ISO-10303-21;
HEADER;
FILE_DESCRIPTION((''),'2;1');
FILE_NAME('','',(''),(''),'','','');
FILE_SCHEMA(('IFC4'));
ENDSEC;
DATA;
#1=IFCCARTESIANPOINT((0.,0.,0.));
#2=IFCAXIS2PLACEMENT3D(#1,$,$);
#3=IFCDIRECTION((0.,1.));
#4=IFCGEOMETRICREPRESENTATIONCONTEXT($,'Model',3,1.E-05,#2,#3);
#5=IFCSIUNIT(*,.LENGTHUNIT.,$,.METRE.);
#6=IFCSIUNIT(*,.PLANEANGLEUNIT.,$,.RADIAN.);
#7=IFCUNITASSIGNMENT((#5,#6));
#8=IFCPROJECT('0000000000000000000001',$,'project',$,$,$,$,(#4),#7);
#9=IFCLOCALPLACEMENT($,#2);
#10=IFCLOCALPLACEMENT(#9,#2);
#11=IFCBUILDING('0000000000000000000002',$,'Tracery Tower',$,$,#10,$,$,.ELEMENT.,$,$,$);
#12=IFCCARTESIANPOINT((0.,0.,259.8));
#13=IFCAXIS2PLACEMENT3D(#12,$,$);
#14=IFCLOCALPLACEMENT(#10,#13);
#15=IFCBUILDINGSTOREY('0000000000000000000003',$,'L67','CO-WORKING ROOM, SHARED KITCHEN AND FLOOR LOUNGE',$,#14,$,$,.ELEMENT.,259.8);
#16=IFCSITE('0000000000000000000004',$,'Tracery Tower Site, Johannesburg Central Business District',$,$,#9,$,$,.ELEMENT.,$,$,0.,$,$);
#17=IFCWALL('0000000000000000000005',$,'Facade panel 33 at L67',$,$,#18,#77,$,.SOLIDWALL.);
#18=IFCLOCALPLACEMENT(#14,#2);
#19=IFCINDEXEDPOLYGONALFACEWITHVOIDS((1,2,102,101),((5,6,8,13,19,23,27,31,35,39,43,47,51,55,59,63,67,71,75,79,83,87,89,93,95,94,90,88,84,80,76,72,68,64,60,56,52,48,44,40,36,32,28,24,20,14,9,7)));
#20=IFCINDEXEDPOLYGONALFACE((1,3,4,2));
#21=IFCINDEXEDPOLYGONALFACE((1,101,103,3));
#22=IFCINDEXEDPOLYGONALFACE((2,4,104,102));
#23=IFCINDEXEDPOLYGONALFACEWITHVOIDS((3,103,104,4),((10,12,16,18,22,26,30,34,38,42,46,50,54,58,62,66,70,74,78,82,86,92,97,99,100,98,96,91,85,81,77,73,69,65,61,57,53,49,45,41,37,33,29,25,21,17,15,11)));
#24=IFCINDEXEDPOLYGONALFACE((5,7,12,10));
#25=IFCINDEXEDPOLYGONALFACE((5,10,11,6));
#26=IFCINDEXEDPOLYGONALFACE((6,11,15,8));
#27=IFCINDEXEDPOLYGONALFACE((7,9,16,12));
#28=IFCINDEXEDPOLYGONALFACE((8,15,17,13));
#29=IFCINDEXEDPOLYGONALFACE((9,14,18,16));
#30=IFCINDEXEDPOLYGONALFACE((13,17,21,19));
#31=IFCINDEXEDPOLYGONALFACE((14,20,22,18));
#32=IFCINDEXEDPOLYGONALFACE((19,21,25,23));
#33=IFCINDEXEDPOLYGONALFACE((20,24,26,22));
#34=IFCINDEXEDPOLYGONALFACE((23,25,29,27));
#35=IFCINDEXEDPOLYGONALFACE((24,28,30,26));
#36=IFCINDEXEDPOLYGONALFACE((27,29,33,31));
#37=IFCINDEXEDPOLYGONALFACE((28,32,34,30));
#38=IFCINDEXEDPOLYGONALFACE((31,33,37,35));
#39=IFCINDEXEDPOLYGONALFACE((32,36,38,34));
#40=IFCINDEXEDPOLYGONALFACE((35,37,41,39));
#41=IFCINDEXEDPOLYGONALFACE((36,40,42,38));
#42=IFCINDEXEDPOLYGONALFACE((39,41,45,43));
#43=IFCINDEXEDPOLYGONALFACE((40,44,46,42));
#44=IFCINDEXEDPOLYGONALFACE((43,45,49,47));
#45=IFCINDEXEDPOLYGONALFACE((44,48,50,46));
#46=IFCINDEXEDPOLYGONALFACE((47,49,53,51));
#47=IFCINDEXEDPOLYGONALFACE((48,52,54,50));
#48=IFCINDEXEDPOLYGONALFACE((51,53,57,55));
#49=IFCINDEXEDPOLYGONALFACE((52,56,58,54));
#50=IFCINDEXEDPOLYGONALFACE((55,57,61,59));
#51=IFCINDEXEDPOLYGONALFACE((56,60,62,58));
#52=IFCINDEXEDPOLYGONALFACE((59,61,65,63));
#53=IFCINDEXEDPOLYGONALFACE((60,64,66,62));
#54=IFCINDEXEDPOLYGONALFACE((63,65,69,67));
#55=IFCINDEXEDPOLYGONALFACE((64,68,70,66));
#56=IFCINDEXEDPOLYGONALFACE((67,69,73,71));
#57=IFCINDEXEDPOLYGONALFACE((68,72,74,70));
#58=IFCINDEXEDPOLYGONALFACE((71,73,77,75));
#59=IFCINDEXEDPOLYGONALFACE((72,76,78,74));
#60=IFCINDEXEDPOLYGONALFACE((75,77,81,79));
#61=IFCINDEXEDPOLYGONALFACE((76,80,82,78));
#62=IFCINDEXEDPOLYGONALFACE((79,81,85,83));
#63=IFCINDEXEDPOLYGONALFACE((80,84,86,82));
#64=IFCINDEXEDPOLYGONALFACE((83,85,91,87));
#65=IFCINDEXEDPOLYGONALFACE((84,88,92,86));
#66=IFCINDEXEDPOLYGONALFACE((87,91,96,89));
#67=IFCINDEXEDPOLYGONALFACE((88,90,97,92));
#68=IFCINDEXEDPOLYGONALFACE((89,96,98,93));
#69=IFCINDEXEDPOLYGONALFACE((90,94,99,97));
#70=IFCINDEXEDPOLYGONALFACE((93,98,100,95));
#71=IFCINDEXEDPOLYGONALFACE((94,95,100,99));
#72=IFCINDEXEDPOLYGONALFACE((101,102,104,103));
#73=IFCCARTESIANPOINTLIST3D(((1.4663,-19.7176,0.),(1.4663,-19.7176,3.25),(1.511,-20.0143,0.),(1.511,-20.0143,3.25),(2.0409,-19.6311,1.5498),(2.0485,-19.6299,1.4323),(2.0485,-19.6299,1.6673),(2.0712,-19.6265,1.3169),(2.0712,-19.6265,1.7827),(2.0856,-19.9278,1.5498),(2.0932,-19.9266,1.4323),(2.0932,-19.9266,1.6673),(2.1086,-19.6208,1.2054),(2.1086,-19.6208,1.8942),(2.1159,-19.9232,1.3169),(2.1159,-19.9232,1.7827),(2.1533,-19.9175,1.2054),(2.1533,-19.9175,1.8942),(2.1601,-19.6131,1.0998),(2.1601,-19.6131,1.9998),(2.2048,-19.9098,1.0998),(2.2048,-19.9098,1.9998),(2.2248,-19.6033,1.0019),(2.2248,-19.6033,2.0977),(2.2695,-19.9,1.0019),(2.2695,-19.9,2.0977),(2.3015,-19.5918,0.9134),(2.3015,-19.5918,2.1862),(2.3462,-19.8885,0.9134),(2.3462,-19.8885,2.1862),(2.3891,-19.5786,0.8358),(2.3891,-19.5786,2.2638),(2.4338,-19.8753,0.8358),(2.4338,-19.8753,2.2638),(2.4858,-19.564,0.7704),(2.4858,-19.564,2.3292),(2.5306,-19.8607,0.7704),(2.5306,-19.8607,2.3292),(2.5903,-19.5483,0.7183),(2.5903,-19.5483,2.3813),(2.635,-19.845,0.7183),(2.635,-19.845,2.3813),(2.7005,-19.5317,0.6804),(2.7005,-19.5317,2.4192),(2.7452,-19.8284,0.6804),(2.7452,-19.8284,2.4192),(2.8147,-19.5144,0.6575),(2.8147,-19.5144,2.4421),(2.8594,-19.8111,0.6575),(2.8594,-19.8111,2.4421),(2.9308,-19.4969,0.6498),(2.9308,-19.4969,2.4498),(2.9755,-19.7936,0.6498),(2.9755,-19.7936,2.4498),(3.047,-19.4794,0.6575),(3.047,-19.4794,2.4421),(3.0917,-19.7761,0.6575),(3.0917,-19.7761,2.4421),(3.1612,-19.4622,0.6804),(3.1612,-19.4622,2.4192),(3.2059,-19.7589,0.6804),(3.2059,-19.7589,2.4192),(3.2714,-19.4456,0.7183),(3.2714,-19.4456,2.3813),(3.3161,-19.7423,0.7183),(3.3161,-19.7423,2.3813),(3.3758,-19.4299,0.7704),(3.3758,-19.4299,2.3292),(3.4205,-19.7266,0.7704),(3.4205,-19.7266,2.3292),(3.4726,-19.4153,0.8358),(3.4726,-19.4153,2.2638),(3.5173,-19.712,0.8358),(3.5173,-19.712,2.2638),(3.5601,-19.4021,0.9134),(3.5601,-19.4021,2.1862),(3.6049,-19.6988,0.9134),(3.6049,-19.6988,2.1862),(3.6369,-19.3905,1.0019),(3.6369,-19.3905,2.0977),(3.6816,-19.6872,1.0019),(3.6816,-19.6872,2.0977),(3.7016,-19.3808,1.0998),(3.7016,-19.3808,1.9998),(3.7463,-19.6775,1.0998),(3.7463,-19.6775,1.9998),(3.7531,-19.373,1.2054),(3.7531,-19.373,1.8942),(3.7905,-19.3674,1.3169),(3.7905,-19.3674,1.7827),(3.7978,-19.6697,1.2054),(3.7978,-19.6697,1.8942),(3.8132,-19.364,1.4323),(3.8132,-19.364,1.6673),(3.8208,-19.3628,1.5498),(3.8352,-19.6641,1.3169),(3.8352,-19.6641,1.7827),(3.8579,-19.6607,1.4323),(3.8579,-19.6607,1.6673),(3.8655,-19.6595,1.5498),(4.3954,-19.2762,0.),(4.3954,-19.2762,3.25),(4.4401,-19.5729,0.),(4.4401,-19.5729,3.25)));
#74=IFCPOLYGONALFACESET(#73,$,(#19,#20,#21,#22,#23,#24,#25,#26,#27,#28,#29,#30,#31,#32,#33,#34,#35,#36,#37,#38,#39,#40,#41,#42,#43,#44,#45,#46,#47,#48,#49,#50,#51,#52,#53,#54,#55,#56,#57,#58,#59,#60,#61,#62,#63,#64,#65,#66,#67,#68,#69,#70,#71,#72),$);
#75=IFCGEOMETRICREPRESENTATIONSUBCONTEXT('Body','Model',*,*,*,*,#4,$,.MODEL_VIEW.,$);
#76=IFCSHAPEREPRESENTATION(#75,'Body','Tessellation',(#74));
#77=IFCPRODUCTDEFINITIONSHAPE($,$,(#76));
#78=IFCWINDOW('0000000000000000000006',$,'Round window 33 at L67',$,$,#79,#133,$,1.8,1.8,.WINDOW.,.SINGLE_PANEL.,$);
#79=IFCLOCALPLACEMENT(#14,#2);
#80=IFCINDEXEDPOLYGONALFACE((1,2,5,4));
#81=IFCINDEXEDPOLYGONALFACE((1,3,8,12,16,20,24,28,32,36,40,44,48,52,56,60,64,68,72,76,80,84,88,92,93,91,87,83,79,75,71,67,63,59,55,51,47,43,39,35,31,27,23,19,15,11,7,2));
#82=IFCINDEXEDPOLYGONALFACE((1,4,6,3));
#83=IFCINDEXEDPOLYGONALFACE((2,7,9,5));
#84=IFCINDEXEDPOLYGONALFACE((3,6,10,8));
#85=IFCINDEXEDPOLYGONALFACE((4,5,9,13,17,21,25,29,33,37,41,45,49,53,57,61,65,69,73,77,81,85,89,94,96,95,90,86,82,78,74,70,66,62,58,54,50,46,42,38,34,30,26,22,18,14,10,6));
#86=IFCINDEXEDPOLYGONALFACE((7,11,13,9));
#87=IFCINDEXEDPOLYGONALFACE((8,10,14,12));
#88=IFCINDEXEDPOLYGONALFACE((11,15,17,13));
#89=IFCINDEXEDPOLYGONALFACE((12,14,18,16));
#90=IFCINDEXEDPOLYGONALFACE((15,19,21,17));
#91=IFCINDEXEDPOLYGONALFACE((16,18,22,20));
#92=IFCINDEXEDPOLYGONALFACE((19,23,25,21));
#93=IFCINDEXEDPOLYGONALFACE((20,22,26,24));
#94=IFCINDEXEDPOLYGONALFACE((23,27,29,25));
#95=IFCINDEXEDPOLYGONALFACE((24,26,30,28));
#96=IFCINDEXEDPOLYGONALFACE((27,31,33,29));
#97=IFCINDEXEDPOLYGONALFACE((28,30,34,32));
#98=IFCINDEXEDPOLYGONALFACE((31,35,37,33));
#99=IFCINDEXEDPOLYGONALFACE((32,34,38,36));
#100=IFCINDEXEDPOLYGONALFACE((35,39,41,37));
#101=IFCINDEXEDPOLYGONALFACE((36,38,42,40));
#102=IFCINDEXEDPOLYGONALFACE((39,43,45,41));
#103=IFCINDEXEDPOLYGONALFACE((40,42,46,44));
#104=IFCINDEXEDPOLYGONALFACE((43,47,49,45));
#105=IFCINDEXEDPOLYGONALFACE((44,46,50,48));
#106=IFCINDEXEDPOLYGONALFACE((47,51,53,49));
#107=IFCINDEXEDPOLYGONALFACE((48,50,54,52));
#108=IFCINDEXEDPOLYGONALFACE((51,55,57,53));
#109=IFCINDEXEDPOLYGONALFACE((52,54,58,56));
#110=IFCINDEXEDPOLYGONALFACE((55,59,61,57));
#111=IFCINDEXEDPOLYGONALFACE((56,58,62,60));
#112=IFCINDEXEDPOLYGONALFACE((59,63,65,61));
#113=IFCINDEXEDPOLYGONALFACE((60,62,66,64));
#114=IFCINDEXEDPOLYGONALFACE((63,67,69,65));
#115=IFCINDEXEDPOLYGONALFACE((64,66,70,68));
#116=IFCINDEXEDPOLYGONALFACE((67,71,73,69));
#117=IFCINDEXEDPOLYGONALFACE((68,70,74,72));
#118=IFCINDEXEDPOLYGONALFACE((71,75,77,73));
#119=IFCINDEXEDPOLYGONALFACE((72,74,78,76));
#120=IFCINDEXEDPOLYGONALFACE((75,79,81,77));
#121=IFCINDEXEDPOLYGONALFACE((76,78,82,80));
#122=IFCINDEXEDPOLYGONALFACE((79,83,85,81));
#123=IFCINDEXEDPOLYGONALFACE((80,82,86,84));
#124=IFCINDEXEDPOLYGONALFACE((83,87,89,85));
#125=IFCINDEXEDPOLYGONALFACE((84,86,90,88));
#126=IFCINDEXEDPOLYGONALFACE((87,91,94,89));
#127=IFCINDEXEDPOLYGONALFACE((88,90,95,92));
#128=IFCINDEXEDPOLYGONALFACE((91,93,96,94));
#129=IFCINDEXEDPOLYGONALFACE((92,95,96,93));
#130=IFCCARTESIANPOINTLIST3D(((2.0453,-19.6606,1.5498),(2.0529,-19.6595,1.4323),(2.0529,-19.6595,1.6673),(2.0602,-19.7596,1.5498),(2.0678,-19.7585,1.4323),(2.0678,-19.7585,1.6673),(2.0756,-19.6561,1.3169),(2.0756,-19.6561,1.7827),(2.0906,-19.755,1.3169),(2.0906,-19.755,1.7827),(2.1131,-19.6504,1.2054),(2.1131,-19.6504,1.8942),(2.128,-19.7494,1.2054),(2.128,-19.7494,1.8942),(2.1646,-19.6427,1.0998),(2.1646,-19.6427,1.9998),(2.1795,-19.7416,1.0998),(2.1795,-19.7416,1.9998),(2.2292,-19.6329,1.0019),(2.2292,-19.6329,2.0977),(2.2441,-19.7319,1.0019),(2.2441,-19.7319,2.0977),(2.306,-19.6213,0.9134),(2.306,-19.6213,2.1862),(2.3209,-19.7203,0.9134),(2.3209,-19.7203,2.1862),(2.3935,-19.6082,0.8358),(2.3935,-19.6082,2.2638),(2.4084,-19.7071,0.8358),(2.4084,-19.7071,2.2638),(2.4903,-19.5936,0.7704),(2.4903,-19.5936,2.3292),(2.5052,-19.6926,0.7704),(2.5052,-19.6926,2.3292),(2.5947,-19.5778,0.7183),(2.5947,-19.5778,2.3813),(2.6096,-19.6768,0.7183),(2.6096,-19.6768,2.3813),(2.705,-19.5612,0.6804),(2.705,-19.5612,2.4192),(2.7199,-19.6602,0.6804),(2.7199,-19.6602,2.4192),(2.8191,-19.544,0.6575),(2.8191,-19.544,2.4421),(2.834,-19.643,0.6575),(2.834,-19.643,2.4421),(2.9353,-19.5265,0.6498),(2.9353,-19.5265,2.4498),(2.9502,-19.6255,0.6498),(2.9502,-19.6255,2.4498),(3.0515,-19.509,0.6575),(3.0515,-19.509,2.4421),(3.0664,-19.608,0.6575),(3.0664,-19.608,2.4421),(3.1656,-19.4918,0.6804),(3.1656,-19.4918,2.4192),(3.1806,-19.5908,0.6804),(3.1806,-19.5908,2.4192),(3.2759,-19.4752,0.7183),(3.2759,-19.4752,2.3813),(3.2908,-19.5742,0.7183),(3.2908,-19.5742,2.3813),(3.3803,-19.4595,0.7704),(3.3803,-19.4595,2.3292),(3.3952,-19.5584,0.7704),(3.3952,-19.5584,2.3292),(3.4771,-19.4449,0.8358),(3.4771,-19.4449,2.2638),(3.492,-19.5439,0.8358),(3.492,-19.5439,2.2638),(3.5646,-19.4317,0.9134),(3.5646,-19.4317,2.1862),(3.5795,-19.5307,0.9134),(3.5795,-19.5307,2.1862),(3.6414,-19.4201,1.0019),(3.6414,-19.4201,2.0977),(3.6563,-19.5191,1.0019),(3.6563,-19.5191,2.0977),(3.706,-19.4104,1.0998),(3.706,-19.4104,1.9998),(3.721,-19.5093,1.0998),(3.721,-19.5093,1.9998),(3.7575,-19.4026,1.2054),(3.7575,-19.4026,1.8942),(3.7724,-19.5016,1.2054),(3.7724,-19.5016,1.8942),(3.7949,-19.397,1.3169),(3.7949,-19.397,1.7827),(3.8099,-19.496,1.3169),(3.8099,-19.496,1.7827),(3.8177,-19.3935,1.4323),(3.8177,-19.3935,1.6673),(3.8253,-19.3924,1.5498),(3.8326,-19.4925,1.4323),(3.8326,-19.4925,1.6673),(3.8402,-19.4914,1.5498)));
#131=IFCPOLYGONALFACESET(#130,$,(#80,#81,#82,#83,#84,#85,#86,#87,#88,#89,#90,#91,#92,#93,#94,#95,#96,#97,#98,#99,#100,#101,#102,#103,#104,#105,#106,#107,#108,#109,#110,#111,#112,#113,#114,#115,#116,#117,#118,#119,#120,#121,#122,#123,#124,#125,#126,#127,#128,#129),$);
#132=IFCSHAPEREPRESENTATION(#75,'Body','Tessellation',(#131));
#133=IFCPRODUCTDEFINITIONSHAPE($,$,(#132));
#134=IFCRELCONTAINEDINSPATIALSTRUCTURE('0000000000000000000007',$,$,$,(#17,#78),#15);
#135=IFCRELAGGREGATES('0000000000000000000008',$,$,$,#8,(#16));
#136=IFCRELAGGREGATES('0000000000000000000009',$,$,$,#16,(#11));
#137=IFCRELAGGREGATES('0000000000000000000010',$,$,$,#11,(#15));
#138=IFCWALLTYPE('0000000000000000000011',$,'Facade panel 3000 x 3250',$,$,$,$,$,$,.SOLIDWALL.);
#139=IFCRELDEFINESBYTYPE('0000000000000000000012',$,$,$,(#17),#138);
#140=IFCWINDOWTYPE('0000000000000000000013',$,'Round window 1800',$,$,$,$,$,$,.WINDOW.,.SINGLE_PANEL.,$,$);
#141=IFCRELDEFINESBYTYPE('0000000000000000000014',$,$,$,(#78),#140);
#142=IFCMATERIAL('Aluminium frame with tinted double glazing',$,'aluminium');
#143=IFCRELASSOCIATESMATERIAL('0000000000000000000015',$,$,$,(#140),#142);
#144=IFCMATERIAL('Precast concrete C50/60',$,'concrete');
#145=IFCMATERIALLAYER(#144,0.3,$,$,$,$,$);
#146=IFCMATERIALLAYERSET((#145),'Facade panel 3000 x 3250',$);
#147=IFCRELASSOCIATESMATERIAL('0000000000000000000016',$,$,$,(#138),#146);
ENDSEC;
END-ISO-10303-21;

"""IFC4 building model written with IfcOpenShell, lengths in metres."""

from ifc_helpers import new_model, si_unit, direction, frame, frame_2d, origin, origin_2d, place, context, subcontext, project, spatial, rectangle, circle, extrude, material, layer, layer_set, type_object, element, fill, save


model = new_model("IFC4")

# Units and contexts
model_context = context("Model", 3, precision=1e-05, world=origin(), true_north=direction((0.0, 1.0)))
body_context = subcontext(model_context, "Body", "Model", "MODEL_VIEW")
ifc_project = project(units=[si_unit("LENGTHUNIT", "METRE"), si_unit("PLANEANGLEUNIT", "RADIAN")], contexts=[model_context])

# Site, building, storey
site_placement = place(None, origin())
site = spatial("IfcSite", under=ifc_project, at=site_placement, Name="Tracery Tower Site, Johannesburg Central Business District", CompositionType="ELEMENT", RefElevation=0.0)
building_placement = place(site_placement, origin())
building = spatial("IfcBuilding", under=site, at=building_placement, Name="Tracery Tower", CompositionType="ELEMENT")
storey_placement = place(building_placement, frame((0.0, 0.0, 259.8)))
storey = spatial("IfcBuildingStorey", under=building, at=storey_placement, Name="L67", Description="CO-WORKING ROOM, SHARED KITCHEN AND FLOOR LOUNGE", CompositionType="ELEMENT", Elevation=259.8)

# Wall, opening, window
ifc_material_1 = material(Name="Aluminium frame with tinted double glazing", Category="aluminium")
window_type = type_object("IfcWindowType", Name="Round window 1800", PartitioningType="SINGLE_PANEL", PredefinedType="WINDOW", material=ifc_material_1)
ifc_material_2 = material(Name="Precast concrete C50/60", Category="concrete")
ifc_layer_1 = layer(ifc_material_2, 0.3)
ifc_layer_set_1 = layer_set([ifc_layer_1], Name="Facade panel 3000 x 3250")
wall_type_1 = type_object("IfcWallType", Name="Facade panel 3000 x 3250", PredefinedType="SOLIDWALL", material=ifc_layer_set_1)
wall_1_placement = place(storey_placement, frame((1.4888, -19.866, 0.0), z_axis=(0.0, 0.0, 1.0), x_axis=(0.988836, 0.149009, 0.0)))
wall_1 = element("IfcWall", 1, at=wall_1_placement, inside=storey, type_object=wall_type_1, Name="Facade panel 33 at L67", PredefinedType="SOLIDWALL", context=body_context, shape_type="SweptSolid", body=[
    extrude(rectangle(XDim=2.9622, YDim=0.3, at=frame_2d((1.481, 0.0))), origin(), (0.0, 0.0, 1.0), 3.25),
])
opening_1_placement = place(wall_1_placement, frame((1.481, 0.0, 1.5498)))
opening_1 = element("IfcOpeningElement", 2, at=opening_1_placement, cuts=wall_1, PredefinedType="OPENING", context=body_context, shape_type="SweptSolid", body=[
    extrude(circle(Radius=0.9, at=origin_2d()), frame((0.0, 0.1599, 0.0), z_axis=(0.0, -1.0, 0.0), x_axis=(1.0, 0.0, 0.0)), (0.0, 0.0, 1.0), 0.3201),
])
window_1_placement = place(opening_1_placement, origin())
window_1 = element("IfcWindow", 3, at=window_1_placement, inside=storey, type_object=window_type, Name="Round window 33 at L67", OverallHeight=1.8, OverallWidth=1.8, PartitioningType="SINGLE_PANEL", PredefinedType="WINDOW", context=body_context, shape_type="SweptSolid", body=[
    extrude(circle(Radius=0.9, at=origin_2d()), frame((0.0, 0.1201, 0.0), z_axis=(0.0, -1.0, 0.0), x_axis=(1.0, 0.0, 0.0)), (0.0, 0.0, 1.0), 0.1001),
])
fill(opening_1, window_1)

save(model, "model.ifc")
